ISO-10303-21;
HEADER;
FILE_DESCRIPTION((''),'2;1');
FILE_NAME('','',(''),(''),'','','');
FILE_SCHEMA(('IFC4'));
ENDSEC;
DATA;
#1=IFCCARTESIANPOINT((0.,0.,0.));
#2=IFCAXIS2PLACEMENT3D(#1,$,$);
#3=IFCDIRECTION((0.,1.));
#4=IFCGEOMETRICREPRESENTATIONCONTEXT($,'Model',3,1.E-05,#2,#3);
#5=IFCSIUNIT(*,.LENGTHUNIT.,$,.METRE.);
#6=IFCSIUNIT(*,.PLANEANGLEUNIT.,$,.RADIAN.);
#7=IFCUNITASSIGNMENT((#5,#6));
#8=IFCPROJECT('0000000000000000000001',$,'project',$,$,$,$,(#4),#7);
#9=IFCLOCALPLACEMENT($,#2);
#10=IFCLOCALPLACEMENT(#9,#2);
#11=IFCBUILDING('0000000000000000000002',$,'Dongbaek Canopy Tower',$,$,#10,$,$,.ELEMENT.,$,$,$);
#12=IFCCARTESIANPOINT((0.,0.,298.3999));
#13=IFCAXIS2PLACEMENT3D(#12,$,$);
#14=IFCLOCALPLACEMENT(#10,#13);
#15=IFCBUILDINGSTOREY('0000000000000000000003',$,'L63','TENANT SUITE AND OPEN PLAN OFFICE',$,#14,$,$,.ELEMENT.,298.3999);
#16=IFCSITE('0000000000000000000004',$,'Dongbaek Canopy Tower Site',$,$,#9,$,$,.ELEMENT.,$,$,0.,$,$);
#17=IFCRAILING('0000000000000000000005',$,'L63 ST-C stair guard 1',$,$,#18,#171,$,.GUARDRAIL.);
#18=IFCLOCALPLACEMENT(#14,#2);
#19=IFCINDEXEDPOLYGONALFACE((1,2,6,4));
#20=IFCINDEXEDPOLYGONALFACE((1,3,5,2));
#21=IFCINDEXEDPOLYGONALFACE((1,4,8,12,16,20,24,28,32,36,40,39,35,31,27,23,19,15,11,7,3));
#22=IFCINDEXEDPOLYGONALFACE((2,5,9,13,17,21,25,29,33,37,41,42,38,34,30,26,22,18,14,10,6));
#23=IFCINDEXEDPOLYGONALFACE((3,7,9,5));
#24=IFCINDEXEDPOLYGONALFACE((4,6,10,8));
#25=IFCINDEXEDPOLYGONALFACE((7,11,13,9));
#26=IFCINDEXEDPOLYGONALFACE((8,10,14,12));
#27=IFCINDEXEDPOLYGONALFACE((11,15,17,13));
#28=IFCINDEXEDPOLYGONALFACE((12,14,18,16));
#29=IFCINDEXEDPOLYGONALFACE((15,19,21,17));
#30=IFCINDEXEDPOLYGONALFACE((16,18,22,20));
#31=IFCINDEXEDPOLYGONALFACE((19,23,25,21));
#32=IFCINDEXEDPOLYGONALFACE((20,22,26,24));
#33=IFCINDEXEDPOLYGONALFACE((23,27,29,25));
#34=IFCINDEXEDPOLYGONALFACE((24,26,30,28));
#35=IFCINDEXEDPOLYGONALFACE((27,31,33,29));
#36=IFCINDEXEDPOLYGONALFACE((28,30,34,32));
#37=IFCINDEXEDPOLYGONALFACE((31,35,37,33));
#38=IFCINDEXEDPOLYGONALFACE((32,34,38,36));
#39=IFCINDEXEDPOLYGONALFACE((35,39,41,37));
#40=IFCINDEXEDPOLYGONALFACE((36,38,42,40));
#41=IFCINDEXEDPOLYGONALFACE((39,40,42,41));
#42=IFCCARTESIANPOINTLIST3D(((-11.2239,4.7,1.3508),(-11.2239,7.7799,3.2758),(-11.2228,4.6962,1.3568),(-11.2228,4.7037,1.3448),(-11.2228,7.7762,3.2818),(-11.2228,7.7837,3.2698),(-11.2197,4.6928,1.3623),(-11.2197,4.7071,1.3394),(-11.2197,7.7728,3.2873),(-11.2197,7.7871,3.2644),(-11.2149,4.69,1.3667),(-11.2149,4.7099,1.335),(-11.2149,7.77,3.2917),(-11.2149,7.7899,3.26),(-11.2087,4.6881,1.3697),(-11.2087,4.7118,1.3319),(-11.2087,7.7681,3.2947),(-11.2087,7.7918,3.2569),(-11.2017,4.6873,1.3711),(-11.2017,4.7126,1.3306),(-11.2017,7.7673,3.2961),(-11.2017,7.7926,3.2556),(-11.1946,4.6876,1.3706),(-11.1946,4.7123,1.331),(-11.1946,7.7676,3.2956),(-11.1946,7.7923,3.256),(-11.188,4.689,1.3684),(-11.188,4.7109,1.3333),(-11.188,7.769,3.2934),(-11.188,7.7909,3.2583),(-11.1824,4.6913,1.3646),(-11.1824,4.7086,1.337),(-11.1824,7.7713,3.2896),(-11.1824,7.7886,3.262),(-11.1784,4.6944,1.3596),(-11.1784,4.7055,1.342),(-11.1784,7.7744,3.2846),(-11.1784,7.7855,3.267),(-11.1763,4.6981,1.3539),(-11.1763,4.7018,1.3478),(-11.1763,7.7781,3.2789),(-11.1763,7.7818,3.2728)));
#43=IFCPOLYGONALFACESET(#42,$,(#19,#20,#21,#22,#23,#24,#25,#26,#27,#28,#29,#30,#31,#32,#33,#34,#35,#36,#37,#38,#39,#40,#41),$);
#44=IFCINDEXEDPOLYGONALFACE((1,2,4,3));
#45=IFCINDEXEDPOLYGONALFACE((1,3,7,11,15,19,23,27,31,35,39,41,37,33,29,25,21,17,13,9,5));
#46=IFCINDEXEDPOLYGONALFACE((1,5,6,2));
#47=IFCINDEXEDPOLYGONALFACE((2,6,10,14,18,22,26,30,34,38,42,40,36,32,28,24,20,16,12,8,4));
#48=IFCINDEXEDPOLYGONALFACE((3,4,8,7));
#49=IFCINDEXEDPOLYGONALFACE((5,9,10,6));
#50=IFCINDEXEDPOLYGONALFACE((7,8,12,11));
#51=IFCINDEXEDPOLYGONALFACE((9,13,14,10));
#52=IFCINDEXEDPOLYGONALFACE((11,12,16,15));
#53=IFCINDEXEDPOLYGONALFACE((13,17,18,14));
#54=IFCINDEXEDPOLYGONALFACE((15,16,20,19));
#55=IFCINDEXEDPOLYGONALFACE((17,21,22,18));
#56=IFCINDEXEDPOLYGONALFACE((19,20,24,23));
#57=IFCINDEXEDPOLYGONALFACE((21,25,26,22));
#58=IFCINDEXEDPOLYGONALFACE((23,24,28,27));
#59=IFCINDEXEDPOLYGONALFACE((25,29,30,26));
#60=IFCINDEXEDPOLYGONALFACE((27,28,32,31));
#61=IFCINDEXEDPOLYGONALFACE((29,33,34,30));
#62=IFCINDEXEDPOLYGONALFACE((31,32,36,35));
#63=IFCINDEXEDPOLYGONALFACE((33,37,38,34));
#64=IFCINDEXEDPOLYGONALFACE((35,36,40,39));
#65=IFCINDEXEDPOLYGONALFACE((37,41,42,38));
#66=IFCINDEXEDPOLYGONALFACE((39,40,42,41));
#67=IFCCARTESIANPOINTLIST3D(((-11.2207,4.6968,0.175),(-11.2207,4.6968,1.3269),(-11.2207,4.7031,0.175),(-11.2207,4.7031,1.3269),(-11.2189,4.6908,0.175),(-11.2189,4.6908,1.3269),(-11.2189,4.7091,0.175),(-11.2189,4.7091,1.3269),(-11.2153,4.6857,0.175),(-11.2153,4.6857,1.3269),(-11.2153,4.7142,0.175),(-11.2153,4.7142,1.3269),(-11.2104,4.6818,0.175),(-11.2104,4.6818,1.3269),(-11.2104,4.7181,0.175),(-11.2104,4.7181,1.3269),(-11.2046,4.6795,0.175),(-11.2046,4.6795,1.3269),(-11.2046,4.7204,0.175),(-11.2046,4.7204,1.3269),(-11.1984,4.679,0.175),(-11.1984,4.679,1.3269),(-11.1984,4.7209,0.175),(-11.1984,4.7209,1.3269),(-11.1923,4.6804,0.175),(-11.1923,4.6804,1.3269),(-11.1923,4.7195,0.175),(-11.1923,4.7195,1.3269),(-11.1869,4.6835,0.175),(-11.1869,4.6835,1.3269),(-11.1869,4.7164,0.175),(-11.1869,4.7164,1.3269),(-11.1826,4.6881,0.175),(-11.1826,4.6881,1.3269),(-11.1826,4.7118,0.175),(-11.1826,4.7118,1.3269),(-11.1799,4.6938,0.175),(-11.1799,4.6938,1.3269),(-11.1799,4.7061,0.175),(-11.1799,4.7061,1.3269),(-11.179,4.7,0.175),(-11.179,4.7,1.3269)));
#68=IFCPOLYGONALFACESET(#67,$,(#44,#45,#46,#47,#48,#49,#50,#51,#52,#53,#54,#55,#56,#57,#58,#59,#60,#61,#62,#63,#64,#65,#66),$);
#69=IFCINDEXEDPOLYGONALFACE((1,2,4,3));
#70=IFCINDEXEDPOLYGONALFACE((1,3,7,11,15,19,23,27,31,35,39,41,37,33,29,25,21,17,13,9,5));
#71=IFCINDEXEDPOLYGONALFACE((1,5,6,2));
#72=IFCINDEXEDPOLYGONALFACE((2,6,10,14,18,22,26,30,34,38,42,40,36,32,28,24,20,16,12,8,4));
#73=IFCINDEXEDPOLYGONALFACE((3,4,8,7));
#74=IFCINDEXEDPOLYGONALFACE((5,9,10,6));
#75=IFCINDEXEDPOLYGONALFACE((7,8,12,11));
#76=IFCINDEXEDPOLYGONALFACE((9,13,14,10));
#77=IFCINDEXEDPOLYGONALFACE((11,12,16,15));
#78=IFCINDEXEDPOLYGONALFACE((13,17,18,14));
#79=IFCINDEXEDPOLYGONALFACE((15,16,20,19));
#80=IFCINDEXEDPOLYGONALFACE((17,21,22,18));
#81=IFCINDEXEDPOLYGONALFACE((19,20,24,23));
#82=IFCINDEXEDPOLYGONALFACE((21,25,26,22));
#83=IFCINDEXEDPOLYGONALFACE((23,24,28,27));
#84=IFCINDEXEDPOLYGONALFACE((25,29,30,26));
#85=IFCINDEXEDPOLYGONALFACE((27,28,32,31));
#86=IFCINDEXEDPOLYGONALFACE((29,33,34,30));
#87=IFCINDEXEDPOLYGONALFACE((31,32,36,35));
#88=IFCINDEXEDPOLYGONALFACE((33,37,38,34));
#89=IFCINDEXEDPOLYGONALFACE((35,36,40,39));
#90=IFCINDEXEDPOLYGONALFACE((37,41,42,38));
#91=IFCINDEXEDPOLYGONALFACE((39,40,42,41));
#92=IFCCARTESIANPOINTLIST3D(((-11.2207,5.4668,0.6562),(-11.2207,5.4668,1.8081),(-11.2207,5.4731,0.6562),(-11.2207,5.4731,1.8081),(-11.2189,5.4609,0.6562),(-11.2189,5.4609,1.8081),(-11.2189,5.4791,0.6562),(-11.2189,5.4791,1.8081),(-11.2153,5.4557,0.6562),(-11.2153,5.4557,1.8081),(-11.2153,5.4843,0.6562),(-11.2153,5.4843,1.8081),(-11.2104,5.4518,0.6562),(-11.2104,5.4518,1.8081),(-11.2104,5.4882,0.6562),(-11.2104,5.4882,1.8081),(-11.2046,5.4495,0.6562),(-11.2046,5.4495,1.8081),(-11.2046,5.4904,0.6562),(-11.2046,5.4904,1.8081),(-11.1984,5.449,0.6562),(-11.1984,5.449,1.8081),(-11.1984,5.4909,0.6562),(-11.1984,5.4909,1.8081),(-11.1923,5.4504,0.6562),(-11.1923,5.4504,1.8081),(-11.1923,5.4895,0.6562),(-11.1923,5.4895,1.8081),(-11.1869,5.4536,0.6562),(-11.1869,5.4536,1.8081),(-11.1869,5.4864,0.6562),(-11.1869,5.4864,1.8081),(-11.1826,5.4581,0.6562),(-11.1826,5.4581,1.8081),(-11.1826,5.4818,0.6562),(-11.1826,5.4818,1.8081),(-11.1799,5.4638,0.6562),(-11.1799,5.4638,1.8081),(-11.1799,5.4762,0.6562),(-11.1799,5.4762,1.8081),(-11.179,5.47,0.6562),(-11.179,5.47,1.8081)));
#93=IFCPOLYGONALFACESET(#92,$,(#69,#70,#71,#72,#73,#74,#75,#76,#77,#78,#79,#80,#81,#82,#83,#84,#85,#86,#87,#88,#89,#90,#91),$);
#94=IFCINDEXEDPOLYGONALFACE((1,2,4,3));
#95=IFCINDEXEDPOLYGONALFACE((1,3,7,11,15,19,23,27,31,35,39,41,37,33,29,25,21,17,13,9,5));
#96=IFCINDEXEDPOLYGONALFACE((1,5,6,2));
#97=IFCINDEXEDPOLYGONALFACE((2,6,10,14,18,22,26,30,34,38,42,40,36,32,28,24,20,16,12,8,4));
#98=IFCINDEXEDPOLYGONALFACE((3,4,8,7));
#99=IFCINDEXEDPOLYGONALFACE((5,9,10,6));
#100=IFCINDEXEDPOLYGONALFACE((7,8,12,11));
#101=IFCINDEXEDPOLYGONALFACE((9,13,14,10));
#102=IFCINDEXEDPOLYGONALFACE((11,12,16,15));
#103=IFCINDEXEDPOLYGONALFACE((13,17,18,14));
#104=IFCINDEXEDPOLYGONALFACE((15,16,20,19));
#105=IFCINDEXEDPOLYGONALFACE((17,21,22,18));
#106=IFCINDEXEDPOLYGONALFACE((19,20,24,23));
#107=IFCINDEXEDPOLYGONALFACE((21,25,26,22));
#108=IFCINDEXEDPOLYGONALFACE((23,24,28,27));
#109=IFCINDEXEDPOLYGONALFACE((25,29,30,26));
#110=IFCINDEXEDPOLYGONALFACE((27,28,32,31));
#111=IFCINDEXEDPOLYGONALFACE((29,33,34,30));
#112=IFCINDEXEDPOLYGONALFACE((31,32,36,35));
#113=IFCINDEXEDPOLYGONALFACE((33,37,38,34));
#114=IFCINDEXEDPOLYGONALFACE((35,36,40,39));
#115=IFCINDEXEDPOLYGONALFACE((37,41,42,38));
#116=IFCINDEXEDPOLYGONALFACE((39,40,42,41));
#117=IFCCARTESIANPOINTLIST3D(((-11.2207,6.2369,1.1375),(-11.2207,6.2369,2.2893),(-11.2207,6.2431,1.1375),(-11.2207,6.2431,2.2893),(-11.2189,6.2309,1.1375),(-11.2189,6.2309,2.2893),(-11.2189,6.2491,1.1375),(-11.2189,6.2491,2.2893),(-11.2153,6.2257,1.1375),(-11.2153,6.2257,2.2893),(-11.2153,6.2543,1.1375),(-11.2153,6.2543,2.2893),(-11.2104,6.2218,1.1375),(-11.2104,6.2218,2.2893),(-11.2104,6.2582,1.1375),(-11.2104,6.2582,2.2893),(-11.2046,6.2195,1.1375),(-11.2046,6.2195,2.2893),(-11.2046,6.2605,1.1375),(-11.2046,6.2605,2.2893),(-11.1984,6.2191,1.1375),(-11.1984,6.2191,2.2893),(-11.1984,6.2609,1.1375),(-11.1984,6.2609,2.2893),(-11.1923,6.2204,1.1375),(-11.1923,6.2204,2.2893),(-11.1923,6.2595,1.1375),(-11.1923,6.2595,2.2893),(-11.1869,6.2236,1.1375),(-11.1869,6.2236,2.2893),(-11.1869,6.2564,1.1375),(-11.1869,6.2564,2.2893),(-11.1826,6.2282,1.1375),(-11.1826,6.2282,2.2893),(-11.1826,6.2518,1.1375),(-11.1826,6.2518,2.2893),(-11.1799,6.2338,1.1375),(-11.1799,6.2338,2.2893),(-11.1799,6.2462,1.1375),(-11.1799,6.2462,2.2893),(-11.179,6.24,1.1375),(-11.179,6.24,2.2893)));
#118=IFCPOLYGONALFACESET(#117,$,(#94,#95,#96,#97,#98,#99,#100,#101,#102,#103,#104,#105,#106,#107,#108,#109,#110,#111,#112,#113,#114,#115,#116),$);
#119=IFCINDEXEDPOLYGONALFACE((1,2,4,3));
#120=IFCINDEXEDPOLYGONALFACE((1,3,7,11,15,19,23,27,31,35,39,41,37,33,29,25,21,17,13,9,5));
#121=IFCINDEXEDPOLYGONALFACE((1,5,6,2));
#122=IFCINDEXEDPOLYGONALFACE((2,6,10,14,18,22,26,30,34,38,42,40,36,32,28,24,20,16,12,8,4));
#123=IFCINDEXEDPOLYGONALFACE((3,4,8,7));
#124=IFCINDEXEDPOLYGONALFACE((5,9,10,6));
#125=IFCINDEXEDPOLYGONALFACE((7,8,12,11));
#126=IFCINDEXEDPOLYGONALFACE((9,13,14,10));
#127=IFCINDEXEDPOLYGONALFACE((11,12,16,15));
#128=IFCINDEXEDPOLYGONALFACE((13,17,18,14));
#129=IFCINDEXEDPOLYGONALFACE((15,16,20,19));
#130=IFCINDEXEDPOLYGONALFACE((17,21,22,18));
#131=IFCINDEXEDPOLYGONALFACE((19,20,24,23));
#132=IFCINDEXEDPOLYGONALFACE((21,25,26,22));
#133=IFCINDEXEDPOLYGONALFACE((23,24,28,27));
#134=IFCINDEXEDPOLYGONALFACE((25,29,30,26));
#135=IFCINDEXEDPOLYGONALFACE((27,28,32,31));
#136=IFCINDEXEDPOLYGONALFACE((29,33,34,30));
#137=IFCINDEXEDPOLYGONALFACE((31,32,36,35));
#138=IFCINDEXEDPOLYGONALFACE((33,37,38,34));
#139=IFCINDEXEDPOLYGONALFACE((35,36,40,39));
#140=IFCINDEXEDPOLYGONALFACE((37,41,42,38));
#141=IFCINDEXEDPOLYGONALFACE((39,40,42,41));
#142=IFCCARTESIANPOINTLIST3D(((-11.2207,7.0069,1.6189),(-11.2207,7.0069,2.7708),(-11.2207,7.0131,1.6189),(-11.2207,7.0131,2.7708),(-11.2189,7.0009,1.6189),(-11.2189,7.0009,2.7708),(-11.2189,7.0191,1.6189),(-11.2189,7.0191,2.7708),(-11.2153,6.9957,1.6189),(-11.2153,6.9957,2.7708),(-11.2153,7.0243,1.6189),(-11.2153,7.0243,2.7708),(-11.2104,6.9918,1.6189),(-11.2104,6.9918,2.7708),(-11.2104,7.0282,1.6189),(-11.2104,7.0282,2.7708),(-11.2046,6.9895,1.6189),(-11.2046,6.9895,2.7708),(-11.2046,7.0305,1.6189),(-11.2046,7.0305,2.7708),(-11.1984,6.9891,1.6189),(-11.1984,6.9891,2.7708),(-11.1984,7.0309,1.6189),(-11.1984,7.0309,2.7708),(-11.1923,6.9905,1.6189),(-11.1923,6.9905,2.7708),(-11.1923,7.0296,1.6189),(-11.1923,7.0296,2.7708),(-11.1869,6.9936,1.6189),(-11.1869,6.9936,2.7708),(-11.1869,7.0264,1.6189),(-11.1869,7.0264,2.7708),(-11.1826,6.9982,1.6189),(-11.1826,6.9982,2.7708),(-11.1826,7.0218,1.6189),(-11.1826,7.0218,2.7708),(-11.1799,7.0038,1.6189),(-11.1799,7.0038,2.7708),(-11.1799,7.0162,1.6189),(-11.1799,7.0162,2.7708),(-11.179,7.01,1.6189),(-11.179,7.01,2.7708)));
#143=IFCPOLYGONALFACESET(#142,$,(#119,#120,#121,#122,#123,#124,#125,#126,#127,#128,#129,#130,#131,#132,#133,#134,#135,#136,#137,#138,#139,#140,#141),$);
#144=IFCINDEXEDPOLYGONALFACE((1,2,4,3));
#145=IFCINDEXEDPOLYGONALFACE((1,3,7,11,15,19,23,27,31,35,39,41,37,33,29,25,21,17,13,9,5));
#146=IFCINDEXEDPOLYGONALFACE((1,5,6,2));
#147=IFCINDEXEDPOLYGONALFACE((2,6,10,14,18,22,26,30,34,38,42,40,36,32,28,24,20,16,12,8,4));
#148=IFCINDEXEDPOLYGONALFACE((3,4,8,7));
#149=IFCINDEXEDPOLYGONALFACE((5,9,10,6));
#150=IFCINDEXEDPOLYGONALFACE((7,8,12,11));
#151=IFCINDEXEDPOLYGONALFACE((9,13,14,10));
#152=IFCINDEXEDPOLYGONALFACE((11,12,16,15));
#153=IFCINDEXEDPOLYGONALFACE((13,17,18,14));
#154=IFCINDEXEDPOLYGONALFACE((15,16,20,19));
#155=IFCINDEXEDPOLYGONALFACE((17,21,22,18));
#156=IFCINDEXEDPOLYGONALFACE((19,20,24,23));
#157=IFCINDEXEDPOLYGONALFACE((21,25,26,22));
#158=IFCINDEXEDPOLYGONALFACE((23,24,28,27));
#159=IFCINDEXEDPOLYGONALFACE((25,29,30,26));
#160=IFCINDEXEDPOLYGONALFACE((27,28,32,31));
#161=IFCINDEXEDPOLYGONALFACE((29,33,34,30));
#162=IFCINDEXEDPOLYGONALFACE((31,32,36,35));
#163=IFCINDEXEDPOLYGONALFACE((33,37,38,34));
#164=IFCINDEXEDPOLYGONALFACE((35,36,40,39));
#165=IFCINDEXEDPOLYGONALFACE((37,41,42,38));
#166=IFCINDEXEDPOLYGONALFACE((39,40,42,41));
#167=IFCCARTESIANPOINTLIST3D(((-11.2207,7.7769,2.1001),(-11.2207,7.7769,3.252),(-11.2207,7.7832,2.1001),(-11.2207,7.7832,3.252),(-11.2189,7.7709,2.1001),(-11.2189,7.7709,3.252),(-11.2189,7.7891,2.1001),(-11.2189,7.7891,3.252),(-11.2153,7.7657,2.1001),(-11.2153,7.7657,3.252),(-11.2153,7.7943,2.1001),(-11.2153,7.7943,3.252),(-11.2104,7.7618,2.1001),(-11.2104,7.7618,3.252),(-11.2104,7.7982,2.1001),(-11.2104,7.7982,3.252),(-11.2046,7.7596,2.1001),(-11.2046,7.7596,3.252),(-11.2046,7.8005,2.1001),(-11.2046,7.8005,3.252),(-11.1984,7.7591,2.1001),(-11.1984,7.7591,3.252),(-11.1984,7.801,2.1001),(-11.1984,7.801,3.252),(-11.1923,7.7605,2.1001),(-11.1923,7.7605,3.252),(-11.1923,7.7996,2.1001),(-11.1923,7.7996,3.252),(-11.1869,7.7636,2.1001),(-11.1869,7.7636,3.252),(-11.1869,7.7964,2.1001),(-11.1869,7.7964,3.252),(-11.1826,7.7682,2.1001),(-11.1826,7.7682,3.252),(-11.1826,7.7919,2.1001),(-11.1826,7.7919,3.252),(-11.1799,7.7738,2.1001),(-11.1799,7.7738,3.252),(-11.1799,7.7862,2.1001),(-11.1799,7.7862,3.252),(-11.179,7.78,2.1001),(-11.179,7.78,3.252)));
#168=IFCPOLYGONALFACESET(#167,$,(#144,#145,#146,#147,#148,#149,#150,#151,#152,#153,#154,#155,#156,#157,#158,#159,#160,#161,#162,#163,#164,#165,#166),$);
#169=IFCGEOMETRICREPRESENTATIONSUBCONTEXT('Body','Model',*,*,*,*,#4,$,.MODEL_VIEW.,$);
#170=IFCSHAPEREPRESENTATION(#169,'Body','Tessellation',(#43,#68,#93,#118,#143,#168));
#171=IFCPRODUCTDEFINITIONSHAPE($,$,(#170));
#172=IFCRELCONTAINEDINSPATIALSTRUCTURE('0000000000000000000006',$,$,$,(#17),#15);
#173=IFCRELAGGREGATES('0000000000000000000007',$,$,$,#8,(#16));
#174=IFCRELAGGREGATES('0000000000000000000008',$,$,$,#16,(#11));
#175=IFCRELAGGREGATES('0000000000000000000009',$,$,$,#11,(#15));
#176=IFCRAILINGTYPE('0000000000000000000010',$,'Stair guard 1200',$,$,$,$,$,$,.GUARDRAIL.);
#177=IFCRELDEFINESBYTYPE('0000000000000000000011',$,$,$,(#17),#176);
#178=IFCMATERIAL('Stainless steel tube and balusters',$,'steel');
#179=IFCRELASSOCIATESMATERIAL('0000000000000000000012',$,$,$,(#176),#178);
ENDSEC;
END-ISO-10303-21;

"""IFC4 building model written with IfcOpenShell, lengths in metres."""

from ifc_helpers import new_model, si_unit, direction, frame, origin, origin_2d, place, context, subcontext, project, spatial, circle, extrude, material, type_object, element, save


model = new_model("IFC4")

# Units and contexts
model_context = context("Model", 3, precision=1e-05, world=origin(), true_north=direction((0.0, 1.0)))
body_context = subcontext(model_context, "Body", "Model", "MODEL_VIEW")
ifc_project = project(units=[si_unit("LENGTHUNIT", "METRE"), si_unit("PLANEANGLEUNIT", "RADIAN")], contexts=[model_context])

# Site, building, storey
site_placement = place(None, origin())
site = spatial("IfcSite", under=ifc_project, at=site_placement, Name="Dongbaek Canopy Tower Site", CompositionType="ELEMENT", RefElevation=0.0)
building_placement = place(site_placement, origin())
building = spatial("IfcBuilding", under=site, at=building_placement, Name="Dongbaek Canopy Tower", CompositionType="ELEMENT")
storey_placement = place(building_placement, frame((0.0, 0.0, 298.3999)))
storey = spatial("IfcBuildingStorey", under=building, at=storey_placement, Name="L63", Description="TENANT SUITE AND OPEN PLAN OFFICE", CompositionType="ELEMENT", Elevation=298.3999)

# Railing
ifc_material_1 = material(Name="Stainless steel tube and balusters", Category="steel")
railing_type_1 = type_object("IfcRailingType", Name="Stair guard 1200", PredefinedType="GUARDRAIL", material=ifc_material_1)
railing_1_placement = place(storey_placement, frame((-11.2, 4.7, 0.175)))
element("IfcRailing", 1, at=railing_1_placement, inside=storey, type_object=railing_type_1, Name="L63 ST-C stair guard 1", PredefinedType="GUARDRAIL", context=body_context, shape_type="SweptSolid", body=[
    extrude(circle(Radius=0.0239, at=origin_2d()), frame((0.0, 0.0, 1.1758), z_axis=(0.0, 0.847998, 0.529999), x_axis=(-1.0, 0.0, 0.0)), (0.0, 0.0, 1.0), 3.6321),
    extrude(circle(Radius=0.021, at=origin_2d()), origin(), (0.0, 0.0, 1.0), 1.1519),
    extrude(circle(Radius=0.021, at=origin_2d()), frame((0.0, 0.77, 0.4812)), (0.0, 0.0, 1.0), 1.1519),
    extrude(circle(Radius=0.021, at=origin_2d()), frame((0.0, 1.54, 0.9624)), (0.0, 0.0, 1.0), 1.1519),
    extrude(circle(Radius=0.021, at=origin_2d()), frame((0.0, 2.3101, 1.4438)), (0.0, 0.0, 1.0), 1.1519),
    extrude(circle(Radius=0.021, at=origin_2d()), frame((0.0, 3.0801, 1.925)), (0.0, 0.0, 1.0), 1.1519),
])

save(model, "model.ifc")
